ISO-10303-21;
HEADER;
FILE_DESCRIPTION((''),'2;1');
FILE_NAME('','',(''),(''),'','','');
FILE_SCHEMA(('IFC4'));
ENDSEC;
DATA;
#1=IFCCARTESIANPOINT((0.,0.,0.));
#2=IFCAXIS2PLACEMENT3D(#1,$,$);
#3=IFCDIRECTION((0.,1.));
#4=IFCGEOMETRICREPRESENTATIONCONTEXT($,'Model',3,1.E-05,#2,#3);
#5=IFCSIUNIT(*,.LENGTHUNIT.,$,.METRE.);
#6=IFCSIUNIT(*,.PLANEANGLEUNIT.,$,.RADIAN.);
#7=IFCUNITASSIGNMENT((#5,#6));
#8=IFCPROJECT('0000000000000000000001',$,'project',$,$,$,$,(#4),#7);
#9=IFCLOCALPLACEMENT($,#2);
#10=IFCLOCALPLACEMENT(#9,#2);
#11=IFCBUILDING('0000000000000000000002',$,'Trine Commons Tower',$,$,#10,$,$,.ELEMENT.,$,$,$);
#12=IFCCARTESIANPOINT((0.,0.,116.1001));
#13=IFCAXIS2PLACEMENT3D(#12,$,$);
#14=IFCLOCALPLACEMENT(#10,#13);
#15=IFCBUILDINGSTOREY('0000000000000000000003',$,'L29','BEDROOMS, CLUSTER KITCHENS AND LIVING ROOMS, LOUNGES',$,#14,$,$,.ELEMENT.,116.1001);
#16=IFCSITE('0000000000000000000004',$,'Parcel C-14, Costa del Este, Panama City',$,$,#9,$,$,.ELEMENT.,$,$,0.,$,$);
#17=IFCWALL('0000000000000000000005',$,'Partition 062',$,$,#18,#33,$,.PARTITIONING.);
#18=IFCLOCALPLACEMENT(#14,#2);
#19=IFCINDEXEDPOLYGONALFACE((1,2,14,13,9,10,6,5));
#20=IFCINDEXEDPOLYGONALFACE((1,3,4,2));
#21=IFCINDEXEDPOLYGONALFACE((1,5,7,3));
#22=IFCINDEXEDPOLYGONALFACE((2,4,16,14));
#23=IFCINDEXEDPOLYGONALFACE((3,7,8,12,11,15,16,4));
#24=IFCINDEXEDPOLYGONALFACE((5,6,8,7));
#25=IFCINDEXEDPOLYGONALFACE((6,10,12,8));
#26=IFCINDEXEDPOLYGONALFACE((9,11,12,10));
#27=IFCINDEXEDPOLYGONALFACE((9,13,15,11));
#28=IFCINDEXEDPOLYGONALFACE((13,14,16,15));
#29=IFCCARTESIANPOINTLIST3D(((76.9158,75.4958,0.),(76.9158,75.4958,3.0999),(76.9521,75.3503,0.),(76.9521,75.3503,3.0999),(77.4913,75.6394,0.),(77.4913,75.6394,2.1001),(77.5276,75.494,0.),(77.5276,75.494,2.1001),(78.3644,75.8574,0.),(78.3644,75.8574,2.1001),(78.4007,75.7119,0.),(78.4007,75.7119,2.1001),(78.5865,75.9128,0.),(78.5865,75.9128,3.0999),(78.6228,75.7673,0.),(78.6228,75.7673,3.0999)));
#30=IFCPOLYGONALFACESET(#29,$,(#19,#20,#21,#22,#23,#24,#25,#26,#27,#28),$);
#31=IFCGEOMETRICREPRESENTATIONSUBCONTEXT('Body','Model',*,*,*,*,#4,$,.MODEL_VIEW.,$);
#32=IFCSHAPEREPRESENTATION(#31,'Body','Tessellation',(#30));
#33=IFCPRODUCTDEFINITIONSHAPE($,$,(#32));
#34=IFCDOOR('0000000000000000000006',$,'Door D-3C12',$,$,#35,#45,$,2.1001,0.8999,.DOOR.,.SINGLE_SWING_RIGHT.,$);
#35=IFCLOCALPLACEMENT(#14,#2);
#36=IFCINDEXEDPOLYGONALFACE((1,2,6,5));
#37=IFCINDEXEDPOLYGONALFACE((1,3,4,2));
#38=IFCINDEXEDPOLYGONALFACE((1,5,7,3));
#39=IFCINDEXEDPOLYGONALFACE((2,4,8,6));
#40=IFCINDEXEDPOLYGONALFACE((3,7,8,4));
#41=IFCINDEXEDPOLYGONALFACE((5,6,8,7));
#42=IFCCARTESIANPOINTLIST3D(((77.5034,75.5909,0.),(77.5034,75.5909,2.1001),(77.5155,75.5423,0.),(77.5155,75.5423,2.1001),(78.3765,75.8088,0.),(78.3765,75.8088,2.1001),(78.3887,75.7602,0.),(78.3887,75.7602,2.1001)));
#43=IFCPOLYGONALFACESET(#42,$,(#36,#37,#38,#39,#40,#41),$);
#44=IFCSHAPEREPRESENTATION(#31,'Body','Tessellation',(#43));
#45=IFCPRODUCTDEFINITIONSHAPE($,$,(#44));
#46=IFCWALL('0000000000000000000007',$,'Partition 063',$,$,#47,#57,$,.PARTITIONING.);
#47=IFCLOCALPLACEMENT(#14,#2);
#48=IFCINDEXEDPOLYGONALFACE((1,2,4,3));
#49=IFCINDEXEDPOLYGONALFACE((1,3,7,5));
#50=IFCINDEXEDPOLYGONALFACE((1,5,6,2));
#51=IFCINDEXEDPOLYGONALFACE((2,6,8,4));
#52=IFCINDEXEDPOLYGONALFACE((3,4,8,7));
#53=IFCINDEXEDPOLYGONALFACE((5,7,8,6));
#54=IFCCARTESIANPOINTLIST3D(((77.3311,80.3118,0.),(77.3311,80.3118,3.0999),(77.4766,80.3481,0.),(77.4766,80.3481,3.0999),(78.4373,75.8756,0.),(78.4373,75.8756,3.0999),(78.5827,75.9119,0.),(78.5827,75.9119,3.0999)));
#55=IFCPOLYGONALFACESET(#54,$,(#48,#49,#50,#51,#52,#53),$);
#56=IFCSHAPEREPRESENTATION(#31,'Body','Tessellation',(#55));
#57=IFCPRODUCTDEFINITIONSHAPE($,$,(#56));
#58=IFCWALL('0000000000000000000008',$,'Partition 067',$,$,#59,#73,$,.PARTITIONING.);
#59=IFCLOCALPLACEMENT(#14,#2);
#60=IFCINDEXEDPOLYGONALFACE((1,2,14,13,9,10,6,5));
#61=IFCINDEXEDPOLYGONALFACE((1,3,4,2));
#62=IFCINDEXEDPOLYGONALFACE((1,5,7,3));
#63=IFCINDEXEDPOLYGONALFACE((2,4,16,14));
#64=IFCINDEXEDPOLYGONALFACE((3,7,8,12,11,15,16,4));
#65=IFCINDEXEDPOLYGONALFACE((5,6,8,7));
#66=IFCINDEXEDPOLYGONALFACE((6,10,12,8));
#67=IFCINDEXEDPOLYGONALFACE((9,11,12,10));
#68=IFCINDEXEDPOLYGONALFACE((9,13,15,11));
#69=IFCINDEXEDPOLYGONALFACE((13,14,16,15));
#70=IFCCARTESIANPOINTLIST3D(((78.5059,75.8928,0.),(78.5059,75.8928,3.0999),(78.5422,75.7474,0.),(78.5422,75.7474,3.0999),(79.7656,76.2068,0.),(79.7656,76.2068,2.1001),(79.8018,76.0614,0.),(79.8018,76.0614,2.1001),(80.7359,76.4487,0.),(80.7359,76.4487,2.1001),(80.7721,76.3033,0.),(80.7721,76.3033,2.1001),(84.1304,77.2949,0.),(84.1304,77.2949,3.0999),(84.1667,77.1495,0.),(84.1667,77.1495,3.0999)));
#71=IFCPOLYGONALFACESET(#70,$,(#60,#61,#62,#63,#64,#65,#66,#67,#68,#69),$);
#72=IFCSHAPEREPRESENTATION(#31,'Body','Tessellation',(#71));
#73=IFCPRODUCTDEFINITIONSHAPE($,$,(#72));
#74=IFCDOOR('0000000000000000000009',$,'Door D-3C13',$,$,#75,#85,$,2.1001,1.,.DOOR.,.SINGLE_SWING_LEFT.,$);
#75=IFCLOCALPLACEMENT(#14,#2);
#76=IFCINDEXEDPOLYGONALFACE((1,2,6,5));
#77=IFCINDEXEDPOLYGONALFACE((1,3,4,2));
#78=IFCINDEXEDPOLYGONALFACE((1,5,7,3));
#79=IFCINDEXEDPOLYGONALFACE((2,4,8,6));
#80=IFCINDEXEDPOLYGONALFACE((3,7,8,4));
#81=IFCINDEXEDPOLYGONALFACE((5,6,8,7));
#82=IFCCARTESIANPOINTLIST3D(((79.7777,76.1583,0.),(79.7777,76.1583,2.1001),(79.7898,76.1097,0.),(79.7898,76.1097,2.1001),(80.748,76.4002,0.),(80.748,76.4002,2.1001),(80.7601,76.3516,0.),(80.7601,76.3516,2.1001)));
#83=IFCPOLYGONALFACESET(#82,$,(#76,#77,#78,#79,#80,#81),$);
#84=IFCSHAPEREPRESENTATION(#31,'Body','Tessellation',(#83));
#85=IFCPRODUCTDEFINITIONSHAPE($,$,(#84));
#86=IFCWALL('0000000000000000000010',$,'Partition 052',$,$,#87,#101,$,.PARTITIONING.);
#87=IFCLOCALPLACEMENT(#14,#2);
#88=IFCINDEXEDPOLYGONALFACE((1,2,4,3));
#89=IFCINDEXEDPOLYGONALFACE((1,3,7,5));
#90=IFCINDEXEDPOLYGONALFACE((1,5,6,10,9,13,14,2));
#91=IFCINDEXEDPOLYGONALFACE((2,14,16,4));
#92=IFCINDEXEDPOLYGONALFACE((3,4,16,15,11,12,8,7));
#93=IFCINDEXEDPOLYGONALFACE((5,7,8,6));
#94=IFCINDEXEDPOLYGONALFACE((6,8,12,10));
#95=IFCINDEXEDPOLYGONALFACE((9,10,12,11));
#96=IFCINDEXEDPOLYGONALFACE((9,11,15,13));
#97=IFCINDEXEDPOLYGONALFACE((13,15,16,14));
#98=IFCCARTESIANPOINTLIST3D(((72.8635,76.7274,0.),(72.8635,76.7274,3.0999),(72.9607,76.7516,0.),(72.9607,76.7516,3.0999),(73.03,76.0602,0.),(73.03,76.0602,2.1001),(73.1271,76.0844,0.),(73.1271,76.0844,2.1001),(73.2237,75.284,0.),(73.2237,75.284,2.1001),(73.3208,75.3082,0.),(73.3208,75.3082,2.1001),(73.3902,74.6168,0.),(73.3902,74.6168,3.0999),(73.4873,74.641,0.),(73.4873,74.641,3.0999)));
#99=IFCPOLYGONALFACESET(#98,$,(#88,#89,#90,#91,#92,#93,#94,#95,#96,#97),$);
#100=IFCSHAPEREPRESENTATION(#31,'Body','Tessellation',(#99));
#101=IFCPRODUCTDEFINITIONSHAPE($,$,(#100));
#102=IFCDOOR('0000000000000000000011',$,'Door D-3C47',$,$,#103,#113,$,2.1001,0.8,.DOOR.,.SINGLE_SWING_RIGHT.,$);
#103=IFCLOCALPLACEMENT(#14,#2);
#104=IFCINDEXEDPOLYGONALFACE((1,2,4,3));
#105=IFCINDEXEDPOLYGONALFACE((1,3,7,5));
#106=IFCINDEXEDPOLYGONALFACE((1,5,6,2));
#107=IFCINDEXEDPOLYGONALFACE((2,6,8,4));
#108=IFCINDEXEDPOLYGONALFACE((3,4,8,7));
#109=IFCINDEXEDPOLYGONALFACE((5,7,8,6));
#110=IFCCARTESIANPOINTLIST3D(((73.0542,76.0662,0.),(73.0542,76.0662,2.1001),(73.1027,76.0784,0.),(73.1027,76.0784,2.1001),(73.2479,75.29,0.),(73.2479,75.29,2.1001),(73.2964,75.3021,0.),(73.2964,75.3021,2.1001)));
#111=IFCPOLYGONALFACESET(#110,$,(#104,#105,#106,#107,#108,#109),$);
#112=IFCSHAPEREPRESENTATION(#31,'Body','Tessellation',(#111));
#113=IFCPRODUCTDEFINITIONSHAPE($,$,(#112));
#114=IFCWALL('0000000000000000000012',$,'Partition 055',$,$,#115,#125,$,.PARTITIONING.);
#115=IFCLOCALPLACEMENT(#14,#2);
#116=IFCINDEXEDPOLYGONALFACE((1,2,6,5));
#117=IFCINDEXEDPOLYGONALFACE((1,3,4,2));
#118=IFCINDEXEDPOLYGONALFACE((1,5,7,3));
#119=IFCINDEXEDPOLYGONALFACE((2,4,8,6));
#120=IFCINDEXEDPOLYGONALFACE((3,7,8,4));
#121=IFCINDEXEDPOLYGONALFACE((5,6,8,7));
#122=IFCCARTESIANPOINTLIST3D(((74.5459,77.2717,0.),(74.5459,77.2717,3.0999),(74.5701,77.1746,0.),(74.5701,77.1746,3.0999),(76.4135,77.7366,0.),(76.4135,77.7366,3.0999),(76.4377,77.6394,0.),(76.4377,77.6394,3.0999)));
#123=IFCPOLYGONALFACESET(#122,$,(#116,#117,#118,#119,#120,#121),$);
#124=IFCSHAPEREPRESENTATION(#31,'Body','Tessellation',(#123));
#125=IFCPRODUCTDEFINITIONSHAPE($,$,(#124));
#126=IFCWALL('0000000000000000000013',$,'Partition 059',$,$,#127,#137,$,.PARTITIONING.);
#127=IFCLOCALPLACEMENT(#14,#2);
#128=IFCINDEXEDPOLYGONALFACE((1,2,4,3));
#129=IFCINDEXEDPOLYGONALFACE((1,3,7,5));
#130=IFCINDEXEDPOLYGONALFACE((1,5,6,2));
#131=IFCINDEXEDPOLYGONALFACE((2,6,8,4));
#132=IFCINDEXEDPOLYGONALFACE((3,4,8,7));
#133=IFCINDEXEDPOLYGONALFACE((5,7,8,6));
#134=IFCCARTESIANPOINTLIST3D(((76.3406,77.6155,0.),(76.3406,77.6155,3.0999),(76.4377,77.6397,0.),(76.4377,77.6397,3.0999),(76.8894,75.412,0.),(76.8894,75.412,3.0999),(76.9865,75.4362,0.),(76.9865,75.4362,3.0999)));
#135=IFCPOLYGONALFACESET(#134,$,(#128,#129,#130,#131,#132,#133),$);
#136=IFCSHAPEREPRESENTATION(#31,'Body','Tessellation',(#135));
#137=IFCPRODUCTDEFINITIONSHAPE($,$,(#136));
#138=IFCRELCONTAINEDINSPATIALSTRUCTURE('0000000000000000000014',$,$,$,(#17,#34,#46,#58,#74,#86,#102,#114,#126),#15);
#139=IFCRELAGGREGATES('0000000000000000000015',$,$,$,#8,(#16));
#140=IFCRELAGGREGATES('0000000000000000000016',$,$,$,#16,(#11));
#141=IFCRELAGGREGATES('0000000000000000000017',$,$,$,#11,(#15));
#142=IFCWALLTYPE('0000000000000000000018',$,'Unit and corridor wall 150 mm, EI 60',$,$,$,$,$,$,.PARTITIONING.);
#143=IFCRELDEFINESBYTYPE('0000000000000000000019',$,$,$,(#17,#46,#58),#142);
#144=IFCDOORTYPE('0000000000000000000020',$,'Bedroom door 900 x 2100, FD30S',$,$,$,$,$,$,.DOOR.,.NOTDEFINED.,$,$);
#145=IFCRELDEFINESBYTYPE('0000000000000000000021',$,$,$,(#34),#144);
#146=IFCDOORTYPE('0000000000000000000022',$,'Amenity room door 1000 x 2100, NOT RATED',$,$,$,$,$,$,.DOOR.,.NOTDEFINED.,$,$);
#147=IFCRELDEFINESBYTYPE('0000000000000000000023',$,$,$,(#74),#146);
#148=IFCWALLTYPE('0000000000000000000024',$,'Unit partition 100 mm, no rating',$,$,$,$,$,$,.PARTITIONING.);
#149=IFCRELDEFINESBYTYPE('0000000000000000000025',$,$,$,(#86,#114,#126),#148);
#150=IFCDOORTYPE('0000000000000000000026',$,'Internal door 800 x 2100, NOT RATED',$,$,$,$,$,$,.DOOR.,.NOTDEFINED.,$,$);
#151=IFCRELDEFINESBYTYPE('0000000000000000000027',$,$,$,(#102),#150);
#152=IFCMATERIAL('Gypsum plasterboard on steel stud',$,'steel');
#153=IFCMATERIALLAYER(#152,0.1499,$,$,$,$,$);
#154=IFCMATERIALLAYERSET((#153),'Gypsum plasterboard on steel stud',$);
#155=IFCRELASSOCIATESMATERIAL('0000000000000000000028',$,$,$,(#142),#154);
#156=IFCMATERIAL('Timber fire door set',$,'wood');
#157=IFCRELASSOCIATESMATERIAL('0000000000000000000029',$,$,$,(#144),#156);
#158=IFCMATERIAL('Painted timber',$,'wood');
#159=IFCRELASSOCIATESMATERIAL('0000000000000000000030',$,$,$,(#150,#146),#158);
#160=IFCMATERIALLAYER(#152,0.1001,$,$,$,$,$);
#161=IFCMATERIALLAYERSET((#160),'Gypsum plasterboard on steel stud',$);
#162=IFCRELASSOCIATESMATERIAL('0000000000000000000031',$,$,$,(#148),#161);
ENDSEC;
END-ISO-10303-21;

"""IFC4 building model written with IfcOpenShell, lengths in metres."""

from ifc_helpers import new_model, si_unit, direction, frame, frame_2d, origin, place, context, subcontext, project, spatial, rectangle, extrude, material, layer, layer_set, type_object, element, fill, save


model = new_model("IFC4")

# Units and contexts
model_context = context("Model", 3, precision=1e-05, world=origin(), true_north=direction((0.0, 1.0)))
body_context = subcontext(model_context, "Body", "Model", "MODEL_VIEW")
ifc_project = project(units=[si_unit("LENGTHUNIT", "METRE"), si_unit("PLANEANGLEUNIT", "RADIAN")], contexts=[model_context])

# Site, building, storey
site_placement = place(None, origin())
site = spatial("IfcSite", under=ifc_project, at=site_placement, Name="Parcel C-14, Costa del Este, Panama City", CompositionType="ELEMENT", RefElevation=0.0)
building_placement = place(site_placement, origin())
building = spatial("IfcBuilding", under=site, at=building_placement, Name="Trine Commons Tower", CompositionType="ELEMENT")
storey_placement = place(building_placement, frame((0.0, 0.0, 116.1001)))
storey = spatial("IfcBuildingStorey", under=building, at=storey_placement, Name="L29", Description="BEDROOMS, CLUSTER KITCHENS AND LIVING ROOMS, LOUNGES", CompositionType="ELEMENT", Elevation=116.1001)

# Shared definitions
ifc_material_1 = material(Name="Gypsum plasterboard on steel stud", Category="steel")
ifc_layer_1 = layer(ifc_material_1, 0.1499)
ifc_layer_set_1 = layer_set([ifc_layer_1], Name="Gypsum plasterboard on steel stud")
wall_type_1 = type_object("IfcWallType", Name="Unit and corridor wall 150 mm, EI 60", PredefinedType="PARTITIONING", material=ifc_layer_set_1)

# Wall, opening, door
ifc_material_2 = material(Name="Timber fire door set", Category="wood")
door_type_1 = type_object("IfcDoorType", Name="Bedroom door 900 x 2100, FD30S", OperationType="NOTDEFINED", PredefinedType="DOOR", material=ifc_material_2)
ifc_material_3 = material(Name="Painted timber", Category="wood")
door_type_2 = type_object("IfcDoorType", Name="Internal door 800 x 2100, NOT RATED", OperationType="NOTDEFINED", PredefinedType="DOOR", material=ifc_material_3)
wall_1_placement = place(storey_placement, frame((76.9341, 75.4231, 0.0), z_axis=(0.0, 0.0, 1.0), x_axis=(0.970234, 0.242169, 0.0)))
wall_1 = element("IfcWall", 1, at=wall_1_placement, inside=storey, type_object=wall_type_1, Name="Partition 062", PredefinedType="PARTITIONING", context=body_context, shape_type="SweptSolid", body=[
    extrude(rectangle(XDim=1.7219, YDim=0.1499, at=frame_2d((0.8608, 0.0))), origin(), (0.0, 0.0, 1.0), 3.0999),
])
opening_1_placement = place(wall_1_placement, frame((0.593, 0.0, 0.0)))
opening_1 = element("IfcOpeningElement", 2, at=opening_1_placement, cuts=wall_1, PredefinedType="OPENING", context=body_context, shape_type="SweptSolid", body=[
    extrude(rectangle(XDim=0.8999, YDim=2.1001, at=frame_2d((0.45, 1.05))), frame((0.0, 0.085, 0.0), z_axis=(0.0, -1.0, 0.0), x_axis=(1.0, 0.0, 0.0)), (0.0, 0.0, 1.0), 0.1699),
])
door_1_placement = place(opening_1_placement, origin())
door_1 = element("IfcDoor", 3, at=door_1_placement, inside=storey, type_object=door_type_1, Name="Door D-3C12", OperationType="SINGLE_SWING_RIGHT", OverallHeight=2.1001, OverallWidth=0.8999, PredefinedType="DOOR", context=body_context, shape_type="SweptSolid", body=[
    extrude(rectangle(XDim=0.8999, YDim=2.1001, at=frame_2d((0.45, 1.05))), frame((0.0, 0.0249, 0.0), z_axis=(0.0, -1.0, 0.0), x_axis=(1.0, 0.0, 0.0)), (0.0, 0.0, 1.0), 0.05),
])
fill(opening_1, door_1)

# Wall
wall_2_placement = place(storey_placement, frame((77.4038, 80.3301, 0.0), z_axis=(0.0, 0.0, 1.0), x_axis=(0.241945, -0.97029, 0.0)))
element("IfcWall", 4, at=wall_2_placement, inside=storey, type_object=wall_type_1, Name="Partition 063", PredefinedType="PARTITIONING", context=body_context, shape_type="SweptSolid", body=[
    extrude(rectangle(XDim=4.572, YDim=0.1499, at=frame_2d((2.2861, 0.0))), origin(), (0.0, 0.0, 1.0), 3.0999),
])

# Walls, openings, doors
wall_3_placement = place(storey_placement, frame((78.5239, 75.8201, 0.0), z_axis=(0.0, 0.0, 1.0), x_axis=(0.970306, 0.241882, 0.0)))
wall_3 = element("IfcWall", 5, at=wall_3_placement, inside=storey, type_object=wall_type_1, Name="Partition 067", PredefinedType="PARTITIONING", context=body_context, shape_type="SweptSolid", body=[
    extrude(rectangle(XDim=5.7966, YDim=0.1499, at=frame_2d((2.8984, 0.0))), origin(), (0.0, 0.0, 1.0), 3.0999),
])
opening_2_placement = place(wall_3_placement, frame((1.2983, 0.0, 0.0)))
opening_2 = element("IfcOpeningElement", 6, at=opening_2_placement, cuts=wall_3, PredefinedType="OPENING", context=body_context, shape_type="SweptSolid", body=[
    extrude(rectangle(XDim=1.0, YDim=2.1001, at=frame_2d((0.5, 1.05))), frame((0.0, 0.085, 0.0), z_axis=(0.0, -1.0, 0.0), x_axis=(1.0, 0.0, 0.0)), (0.0, 0.0, 1.0), 0.1699),
])
door_type_3 = type_object("IfcDoorType", Name="Amenity room door 1000 x 2100, NOT RATED", OperationType="NOTDEFINED", PredefinedType="DOOR", material=ifc_material_3)
door_2_placement = place(opening_2_placement, origin())
door_2 = element("IfcDoor", 7, at=door_2_placement, inside=storey, type_object=door_type_3, Name="Door D-3C13", OperationType="SINGLE_SWING_LEFT", OverallHeight=2.1001, OverallWidth=1.0, PredefinedType="DOOR", context=body_context, shape_type="SweptSolid", body=[
    extrude(rectangle(XDim=1.0, YDim=2.1001, at=frame_2d((0.5, 1.05))), frame((0.0, 0.0249, 0.0), z_axis=(0.0, -1.0, 0.0), x_axis=(1.0, 0.0, 0.0)), (0.0, 0.0, 1.0), 0.05),
])
fill(opening_2, door_2)
ifc_layer_2 = layer(ifc_material_1, 0.1001)
ifc_layer_set_2 = layer_set([ifc_layer_2], Name="Gypsum plasterboard on steel stud")
wall_type_2 = type_object("IfcWallType", Name="Unit partition 100 mm, no rating", PredefinedType="PARTITIONING", material=ifc_layer_set_2)
wall_4_placement = place(storey_placement, frame((72.9121, 76.7395, 0.0), z_axis=(0.0, 0.0, 1.0), x_axis=(0.242087, -0.970255, 0.0)))
wall_4 = element("IfcWall", 8, at=wall_4_placement, inside=storey, type_object=wall_type_2, Name="Partition 052", PredefinedType="PARTITIONING", context=body_context, shape_type="SweptSolid", body=[
    extrude(rectangle(XDim=2.1753, YDim=0.1001, at=frame_2d((1.0876, 0.0))), origin(), (0.0, 0.0, 1.0), 3.0999),
])
opening_3_placement = place(wall_4_placement, frame((0.6877, 0.0, 0.0)))
opening_3 = element("IfcOpeningElement", 9, at=opening_3_placement, cuts=wall_4, PredefinedType="OPENING", context=body_context, shape_type="SweptSolid", body=[
    extrude(rectangle(XDim=0.8, YDim=2.1001, at=frame_2d((0.3999, 1.05))), frame((0.0, 0.0601, 0.0), z_axis=(0.0, -1.0, 0.0), x_axis=(1.0, 0.0, 0.0)), (0.0, 0.0, 1.0), 0.1201),
])
door_3_placement = place(opening_3_placement, origin())
door_3 = element("IfcDoor", 10, at=door_3_placement, inside=storey, type_object=door_type_2, Name="Door D-3C47", OperationType="SINGLE_SWING_RIGHT", OverallHeight=2.1001, OverallWidth=0.8, PredefinedType="DOOR", context=body_context, shape_type="SweptSolid", body=[
    extrude(rectangle(XDim=0.8, YDim=2.1001, at=frame_2d((0.3999, 1.05))), frame((0.0, 0.0249, 0.0), z_axis=(0.0, -1.0, 0.0), x_axis=(1.0, 0.0, 0.0)), (0.0, 0.0, 1.0), 0.05),
])
fill(opening_3, door_3)

# Walls
wall_5_placement = place(storey_placement, frame((74.5579, 77.2231, 0.0), z_axis=(0.0, 0.0, 1.0), x_axis=(0.970396, 0.241521, 0.0)))
element("IfcWall", 11, at=wall_5_placement, inside=storey, type_object=wall_type_2, Name="Partition 055", PredefinedType="PARTITIONING", context=body_context, shape_type="SweptSolid", body=[
    extrude(rectangle(XDim=1.9246, YDim=0.1001, at=frame_2d((0.9624, 0.0))), origin(), (0.0, 0.0, 1.0), 3.0999),
])
wall_6_placement = place(storey_placement, frame((76.3892, 77.6274, 0.0), z_axis=(0.0, 0.0, 1.0), x_axis=(0.241701, -0.970351, 0.0)))
element("IfcWall", 12, at=wall_6_placement, inside=storey, type_object=wall_type_2, Name="Partition 059", PredefinedType="PARTITIONING", context=body_context, shape_type="SweptSolid", body=[
    extrude(rectangle(XDim=2.2708, YDim=0.1001, at=frame_2d((1.1353, 0.0))), origin(), (0.0, 0.0, 1.0), 3.0999),
])

save(model, "model.ifc")
